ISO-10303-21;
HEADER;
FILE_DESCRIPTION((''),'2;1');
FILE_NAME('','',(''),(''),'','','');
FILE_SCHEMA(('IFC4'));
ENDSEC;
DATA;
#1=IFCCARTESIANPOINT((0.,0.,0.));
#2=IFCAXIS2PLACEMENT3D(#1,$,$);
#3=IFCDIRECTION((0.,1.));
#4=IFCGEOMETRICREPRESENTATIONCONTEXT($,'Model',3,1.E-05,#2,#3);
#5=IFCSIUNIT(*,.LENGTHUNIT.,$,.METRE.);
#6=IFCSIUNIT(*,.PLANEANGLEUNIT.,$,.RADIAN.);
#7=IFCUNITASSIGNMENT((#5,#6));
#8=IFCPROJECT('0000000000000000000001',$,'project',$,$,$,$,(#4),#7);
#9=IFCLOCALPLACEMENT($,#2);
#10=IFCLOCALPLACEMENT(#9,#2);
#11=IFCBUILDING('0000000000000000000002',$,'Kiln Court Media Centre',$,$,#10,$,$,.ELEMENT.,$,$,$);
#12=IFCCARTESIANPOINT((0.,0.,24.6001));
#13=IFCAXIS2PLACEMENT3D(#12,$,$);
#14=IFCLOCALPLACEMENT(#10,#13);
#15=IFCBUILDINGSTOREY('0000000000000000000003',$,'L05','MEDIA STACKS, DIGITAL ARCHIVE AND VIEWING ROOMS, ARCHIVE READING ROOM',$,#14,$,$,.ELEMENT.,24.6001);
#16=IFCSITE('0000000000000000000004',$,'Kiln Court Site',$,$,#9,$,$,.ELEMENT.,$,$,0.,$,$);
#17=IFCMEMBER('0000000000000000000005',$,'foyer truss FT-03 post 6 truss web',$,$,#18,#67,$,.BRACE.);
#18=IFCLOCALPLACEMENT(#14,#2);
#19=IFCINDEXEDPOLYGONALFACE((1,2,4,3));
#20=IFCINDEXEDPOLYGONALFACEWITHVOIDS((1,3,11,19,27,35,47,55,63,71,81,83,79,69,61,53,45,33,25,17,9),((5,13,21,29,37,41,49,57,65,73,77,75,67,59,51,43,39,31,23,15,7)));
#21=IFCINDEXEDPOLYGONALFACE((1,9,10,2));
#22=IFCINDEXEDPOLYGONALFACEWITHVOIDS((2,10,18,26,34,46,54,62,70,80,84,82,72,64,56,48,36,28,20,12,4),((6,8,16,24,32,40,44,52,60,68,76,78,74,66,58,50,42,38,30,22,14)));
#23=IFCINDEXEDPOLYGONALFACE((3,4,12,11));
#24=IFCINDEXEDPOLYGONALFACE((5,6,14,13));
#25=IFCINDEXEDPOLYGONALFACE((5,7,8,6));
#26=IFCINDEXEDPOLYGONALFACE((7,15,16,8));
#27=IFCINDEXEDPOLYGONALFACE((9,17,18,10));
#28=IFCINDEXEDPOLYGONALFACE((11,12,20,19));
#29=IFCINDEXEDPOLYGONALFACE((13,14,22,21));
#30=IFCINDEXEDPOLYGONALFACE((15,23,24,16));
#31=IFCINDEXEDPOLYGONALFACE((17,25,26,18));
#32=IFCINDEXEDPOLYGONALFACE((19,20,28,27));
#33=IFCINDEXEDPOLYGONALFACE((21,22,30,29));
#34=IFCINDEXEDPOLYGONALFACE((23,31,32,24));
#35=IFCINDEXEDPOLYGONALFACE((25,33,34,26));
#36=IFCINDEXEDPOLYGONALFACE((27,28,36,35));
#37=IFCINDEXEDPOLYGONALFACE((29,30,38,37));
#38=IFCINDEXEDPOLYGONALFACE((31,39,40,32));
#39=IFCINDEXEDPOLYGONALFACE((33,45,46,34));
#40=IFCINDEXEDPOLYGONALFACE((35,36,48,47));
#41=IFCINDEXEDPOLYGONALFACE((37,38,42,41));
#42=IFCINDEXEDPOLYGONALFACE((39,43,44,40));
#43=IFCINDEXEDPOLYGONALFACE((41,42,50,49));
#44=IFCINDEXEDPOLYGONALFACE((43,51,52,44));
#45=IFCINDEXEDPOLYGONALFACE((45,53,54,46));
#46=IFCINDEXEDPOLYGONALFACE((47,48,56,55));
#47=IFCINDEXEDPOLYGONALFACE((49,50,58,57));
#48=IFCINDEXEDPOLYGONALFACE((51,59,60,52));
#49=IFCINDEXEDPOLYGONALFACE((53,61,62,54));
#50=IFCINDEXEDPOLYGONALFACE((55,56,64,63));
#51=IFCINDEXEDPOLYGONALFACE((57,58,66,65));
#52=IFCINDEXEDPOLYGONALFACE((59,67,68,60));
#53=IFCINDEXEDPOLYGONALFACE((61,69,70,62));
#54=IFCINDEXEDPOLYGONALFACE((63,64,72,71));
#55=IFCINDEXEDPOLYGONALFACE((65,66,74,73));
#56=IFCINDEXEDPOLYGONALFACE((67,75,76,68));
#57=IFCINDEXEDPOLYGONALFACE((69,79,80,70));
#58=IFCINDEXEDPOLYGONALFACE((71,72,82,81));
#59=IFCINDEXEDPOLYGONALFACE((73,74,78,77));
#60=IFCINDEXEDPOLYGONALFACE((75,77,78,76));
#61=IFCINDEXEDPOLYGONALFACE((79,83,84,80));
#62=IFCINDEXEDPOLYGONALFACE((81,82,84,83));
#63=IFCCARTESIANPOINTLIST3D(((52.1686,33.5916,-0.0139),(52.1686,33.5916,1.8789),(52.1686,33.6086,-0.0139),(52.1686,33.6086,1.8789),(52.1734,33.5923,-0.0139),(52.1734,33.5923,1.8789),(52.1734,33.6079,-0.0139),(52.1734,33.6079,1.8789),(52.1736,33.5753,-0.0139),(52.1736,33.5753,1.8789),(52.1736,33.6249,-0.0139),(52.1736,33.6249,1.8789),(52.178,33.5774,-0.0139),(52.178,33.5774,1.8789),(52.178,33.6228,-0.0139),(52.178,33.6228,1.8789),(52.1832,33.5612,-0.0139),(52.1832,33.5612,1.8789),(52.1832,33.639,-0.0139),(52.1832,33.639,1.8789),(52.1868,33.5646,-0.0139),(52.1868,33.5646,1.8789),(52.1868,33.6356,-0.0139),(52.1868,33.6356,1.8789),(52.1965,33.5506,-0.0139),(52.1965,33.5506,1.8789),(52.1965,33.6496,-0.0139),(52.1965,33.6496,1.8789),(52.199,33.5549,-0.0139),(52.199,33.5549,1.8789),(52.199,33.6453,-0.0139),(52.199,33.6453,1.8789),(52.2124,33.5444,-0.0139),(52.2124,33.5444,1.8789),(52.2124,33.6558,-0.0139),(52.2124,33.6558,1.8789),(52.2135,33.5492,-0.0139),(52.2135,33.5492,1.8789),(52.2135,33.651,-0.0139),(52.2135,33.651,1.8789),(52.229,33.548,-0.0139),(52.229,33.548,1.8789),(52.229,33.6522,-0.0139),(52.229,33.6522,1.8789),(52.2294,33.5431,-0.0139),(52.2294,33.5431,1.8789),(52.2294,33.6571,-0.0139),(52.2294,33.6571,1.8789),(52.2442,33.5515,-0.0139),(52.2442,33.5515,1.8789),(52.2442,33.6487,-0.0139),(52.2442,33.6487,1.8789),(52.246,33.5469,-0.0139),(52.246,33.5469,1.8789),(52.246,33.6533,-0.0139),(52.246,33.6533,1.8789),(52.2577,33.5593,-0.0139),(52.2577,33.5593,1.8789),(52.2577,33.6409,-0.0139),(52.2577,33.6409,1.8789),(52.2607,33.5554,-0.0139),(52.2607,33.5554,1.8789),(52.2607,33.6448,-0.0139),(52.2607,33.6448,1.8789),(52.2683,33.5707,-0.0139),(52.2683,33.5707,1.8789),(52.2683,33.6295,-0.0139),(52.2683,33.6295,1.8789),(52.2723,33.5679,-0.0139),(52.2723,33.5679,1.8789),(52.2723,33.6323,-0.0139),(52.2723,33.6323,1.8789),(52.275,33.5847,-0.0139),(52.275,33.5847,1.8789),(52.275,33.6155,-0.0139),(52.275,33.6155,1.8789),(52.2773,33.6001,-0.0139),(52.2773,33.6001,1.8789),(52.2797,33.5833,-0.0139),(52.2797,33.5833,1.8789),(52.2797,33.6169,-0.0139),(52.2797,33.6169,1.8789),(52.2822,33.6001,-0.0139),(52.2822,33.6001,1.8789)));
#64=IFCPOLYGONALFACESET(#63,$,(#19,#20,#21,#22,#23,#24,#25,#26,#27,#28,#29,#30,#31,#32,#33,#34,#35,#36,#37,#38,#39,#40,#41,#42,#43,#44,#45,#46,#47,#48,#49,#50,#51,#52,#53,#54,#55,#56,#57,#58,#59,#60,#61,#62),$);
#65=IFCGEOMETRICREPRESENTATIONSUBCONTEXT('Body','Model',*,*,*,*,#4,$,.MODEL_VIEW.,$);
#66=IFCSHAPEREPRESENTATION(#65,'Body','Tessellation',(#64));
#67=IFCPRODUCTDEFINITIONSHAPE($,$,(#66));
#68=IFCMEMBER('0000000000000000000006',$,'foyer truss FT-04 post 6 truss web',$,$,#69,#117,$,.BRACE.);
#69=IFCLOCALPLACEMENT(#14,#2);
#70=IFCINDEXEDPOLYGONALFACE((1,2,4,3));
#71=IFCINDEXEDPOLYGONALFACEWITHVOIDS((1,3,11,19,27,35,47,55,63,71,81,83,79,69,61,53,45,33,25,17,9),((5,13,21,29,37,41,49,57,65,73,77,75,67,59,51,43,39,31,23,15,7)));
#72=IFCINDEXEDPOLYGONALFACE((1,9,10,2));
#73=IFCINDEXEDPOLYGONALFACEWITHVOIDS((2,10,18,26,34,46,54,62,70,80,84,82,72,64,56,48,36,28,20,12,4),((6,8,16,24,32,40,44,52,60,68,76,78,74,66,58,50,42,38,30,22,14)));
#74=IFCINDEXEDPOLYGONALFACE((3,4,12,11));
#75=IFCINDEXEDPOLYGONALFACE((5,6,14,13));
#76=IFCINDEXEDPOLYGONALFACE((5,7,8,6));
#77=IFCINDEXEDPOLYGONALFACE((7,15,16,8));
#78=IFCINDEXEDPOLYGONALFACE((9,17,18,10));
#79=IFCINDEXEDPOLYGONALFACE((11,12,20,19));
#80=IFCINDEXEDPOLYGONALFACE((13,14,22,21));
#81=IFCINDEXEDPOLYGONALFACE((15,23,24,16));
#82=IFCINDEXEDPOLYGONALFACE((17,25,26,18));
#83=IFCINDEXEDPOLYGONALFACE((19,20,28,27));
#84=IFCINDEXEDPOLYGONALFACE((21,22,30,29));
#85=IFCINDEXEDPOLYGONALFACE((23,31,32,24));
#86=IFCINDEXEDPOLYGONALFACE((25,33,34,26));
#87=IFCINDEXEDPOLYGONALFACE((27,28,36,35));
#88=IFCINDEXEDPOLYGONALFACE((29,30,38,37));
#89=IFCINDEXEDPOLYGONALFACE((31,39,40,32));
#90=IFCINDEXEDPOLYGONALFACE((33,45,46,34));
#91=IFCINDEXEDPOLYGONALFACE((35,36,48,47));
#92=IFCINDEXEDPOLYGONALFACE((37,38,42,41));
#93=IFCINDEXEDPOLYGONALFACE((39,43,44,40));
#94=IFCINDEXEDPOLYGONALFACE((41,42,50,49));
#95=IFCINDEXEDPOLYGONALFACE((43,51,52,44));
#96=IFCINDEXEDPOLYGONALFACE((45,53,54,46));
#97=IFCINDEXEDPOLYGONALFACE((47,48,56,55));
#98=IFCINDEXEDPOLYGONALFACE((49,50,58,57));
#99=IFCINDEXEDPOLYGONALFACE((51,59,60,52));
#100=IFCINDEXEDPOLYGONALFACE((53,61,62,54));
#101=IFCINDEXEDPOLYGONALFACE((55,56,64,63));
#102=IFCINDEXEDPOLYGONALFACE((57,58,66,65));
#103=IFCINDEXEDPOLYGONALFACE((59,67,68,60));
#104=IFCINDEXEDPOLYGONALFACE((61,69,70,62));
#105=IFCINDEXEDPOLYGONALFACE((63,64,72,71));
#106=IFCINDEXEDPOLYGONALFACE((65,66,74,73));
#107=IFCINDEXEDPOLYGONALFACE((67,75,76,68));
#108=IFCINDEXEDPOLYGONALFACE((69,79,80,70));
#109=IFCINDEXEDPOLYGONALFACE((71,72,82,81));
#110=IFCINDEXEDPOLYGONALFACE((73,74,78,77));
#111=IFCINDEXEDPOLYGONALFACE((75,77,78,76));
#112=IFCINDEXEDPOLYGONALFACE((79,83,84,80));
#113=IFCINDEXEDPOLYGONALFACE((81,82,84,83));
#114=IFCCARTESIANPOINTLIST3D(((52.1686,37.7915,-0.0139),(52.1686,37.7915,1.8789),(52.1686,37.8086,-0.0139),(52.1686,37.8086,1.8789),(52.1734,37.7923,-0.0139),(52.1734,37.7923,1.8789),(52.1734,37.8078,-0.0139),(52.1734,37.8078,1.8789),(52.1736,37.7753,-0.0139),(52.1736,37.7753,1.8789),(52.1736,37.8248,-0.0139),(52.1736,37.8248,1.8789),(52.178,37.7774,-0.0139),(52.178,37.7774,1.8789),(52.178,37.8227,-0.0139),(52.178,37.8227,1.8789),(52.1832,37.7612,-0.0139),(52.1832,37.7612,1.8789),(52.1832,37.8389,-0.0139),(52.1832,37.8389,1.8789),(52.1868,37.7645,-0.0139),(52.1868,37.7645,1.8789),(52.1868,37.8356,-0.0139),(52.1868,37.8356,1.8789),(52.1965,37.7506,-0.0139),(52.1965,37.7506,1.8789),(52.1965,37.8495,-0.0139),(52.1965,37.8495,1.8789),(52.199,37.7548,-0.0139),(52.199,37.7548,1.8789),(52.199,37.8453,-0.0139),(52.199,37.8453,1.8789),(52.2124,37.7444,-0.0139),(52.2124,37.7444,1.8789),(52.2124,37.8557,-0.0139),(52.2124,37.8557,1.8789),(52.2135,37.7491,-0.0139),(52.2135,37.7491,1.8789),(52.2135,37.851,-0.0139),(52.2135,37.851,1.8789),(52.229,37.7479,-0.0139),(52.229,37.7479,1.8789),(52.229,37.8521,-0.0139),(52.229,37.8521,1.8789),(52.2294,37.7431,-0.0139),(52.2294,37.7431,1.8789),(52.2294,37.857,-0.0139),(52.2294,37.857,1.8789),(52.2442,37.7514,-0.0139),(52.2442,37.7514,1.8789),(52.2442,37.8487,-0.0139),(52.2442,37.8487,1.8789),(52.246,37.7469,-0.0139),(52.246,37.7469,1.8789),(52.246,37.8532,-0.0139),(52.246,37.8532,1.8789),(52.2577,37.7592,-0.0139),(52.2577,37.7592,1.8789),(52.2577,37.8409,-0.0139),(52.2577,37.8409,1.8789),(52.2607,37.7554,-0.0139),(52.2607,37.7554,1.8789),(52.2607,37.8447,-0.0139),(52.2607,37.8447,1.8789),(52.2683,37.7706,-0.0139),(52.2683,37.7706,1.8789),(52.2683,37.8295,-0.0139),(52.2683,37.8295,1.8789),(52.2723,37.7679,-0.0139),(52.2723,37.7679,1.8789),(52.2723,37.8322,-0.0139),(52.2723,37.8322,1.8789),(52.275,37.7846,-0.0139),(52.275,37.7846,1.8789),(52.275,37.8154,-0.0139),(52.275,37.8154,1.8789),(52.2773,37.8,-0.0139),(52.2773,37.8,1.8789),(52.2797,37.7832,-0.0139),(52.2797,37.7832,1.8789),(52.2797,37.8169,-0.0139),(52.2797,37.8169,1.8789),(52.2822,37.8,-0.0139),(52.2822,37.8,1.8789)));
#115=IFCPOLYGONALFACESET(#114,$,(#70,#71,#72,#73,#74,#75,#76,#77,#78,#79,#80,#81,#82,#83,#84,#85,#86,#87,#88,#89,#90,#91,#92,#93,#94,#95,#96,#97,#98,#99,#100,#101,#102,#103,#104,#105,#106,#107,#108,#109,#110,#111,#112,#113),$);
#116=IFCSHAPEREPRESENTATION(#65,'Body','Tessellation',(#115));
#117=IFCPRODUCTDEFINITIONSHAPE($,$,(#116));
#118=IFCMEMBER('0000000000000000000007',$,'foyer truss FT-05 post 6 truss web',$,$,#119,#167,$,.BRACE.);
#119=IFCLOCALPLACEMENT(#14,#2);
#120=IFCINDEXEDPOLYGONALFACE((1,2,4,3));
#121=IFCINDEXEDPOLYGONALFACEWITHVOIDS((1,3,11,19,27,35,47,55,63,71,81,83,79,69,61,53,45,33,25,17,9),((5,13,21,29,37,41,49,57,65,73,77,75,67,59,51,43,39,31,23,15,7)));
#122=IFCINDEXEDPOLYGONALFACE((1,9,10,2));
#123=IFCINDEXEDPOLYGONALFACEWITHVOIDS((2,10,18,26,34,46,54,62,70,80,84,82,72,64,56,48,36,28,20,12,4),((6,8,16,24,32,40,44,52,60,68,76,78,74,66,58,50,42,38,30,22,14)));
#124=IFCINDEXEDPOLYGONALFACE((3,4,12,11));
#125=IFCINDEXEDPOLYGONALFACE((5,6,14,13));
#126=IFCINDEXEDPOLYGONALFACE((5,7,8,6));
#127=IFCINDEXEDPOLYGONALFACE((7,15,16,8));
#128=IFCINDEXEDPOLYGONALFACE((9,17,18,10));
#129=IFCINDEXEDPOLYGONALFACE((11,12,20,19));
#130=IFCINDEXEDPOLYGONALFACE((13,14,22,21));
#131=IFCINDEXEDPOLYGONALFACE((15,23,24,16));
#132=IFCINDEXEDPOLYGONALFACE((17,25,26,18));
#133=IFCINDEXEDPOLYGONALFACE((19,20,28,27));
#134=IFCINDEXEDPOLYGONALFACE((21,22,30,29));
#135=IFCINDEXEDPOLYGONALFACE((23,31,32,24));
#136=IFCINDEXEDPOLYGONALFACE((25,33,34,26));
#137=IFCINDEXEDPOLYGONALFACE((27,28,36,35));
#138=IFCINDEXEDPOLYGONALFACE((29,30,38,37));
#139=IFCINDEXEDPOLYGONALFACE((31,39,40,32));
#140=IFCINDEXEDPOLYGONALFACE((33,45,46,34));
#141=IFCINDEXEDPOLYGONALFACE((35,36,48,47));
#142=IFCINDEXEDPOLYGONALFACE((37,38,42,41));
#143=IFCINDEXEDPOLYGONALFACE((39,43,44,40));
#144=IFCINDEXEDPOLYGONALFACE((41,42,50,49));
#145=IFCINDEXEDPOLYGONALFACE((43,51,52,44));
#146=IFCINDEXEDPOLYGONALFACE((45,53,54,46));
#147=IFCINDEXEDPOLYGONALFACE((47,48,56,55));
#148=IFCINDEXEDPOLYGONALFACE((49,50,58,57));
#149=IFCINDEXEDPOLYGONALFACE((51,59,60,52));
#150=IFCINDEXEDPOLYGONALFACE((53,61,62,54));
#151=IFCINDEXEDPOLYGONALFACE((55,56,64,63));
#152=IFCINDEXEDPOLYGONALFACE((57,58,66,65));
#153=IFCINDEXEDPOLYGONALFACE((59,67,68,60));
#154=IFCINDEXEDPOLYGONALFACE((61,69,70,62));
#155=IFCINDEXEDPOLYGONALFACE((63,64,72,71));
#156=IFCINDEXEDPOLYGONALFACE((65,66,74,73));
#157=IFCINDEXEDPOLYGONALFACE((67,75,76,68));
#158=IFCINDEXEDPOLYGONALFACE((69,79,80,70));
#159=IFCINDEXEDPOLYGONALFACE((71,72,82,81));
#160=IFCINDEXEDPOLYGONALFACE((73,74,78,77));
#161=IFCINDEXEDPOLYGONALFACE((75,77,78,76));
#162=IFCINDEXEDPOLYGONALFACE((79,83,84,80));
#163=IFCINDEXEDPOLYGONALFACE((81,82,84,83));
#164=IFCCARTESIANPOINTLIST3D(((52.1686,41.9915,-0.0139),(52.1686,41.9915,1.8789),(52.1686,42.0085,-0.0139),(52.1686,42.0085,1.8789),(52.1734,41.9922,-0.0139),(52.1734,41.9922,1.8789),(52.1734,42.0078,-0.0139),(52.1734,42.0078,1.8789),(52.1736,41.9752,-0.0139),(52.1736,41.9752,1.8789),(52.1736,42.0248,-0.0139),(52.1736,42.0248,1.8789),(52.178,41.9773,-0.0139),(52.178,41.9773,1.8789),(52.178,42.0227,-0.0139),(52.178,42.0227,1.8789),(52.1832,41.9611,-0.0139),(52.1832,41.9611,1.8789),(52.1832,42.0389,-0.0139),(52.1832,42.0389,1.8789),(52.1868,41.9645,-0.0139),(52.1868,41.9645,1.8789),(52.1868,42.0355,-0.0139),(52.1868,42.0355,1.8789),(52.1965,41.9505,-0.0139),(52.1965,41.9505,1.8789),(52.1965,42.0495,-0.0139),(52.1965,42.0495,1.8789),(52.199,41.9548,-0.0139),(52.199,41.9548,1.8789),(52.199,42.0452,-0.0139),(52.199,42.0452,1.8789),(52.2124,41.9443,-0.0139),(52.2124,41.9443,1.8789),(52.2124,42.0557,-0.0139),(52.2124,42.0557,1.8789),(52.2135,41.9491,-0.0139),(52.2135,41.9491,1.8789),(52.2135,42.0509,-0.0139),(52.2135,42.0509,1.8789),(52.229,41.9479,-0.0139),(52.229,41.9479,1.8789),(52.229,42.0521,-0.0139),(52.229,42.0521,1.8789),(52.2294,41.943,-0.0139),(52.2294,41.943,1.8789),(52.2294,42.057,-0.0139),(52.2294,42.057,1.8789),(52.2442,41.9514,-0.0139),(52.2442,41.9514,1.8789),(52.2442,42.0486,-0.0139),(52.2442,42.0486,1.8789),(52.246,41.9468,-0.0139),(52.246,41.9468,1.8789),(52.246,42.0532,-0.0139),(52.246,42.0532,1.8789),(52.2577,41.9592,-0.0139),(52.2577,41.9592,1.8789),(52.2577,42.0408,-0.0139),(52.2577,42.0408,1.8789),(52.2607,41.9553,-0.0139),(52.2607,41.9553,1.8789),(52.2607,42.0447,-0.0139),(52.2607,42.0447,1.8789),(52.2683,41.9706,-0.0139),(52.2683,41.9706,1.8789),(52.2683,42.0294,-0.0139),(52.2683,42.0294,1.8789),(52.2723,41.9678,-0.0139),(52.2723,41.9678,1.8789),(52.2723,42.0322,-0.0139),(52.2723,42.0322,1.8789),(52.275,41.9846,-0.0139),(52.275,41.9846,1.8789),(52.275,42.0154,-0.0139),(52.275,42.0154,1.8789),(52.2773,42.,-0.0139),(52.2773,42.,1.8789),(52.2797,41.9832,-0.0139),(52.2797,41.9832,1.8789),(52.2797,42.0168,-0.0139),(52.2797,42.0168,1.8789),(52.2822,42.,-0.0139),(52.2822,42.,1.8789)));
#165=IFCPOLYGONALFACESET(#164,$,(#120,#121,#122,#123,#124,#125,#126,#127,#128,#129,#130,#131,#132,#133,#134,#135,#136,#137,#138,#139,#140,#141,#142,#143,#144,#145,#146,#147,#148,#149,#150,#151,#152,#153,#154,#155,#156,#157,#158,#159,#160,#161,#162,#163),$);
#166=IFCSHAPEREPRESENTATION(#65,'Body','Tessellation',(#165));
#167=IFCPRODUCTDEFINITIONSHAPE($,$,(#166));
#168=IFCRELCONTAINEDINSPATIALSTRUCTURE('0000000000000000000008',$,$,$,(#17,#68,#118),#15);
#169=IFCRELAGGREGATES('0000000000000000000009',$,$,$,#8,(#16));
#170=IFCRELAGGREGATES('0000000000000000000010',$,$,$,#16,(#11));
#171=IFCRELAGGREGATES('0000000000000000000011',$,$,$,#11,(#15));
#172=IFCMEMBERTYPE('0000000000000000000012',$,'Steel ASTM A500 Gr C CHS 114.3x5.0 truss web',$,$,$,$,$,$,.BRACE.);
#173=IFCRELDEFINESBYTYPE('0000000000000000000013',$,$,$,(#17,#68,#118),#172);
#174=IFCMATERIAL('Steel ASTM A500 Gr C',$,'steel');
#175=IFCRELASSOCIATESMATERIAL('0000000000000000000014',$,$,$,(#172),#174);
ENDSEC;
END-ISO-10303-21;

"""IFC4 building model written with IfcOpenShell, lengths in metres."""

from ifc_helpers import new_model, si_unit, direction, frame, origin, origin_2d, place, context, subcontext, project, spatial, hollow_circle, extrude, material, material_profile, profile_set, type_object, element, save


model = new_model("IFC4")

# Units and contexts
model_context = context("Model", 3, precision=1e-05, world=origin(), true_north=direction((0.0, 1.0)))
body_context = subcontext(model_context, "Body", "Model", "MODEL_VIEW")
ifc_project = project(units=[si_unit("LENGTHUNIT", "METRE"), si_unit("PLANEANGLEUNIT", "RADIAN")], contexts=[model_context])

# Site, building, storey
site_placement = place(None, origin())
site = spatial("IfcSite", under=ifc_project, at=site_placement, Name="Kiln Court Site", CompositionType="ELEMENT", RefElevation=0.0)
building_placement = place(site_placement, origin())
building = spatial("IfcBuilding", under=site, at=building_placement, Name="Kiln Court Media Centre", CompositionType="ELEMENT")
storey_placement = place(building_placement, frame((0.0, 0.0, 24.6001)))
storey = spatial("IfcBuildingStorey", under=building, at=storey_placement, Name="L05", Description="MEDIA STACKS, DIGITAL ARCHIVE AND VIEWING ROOMS, ARCHIVE READING ROOM", CompositionType="ELEMENT", Elevation=24.6001)

# Members
ifc_material_1 = material(Name="Steel ASTM A500 Gr C", Category="steel")
ifc_material_profile_1 = material_profile(ifc_material_1, hollow_circle(Radius=0.0571, WallThickness=0.0049, at=origin_2d()), Name="CHS 114.3x5.0")
ifc_profile_set_1 = profile_set([ifc_material_profile_1], Name="Steel ASTM A500 Gr C")
member_type_1 = type_object("IfcMemberType", Name="Steel ASTM A500 Gr C CHS 114.3x5.0 truss web", PredefinedType="BRACE", material=ifc_profile_set_1)
for number, where, z_axis, x_axis, name in (
    (1, (52.2251, 33.6001, -0.0139), (0.0, 0.0, 1.0), (1.0, 0.0, 0.0), "foyer truss FT-03 post 6 truss web"),
    (2, (52.2251, 37.8, -0.0139), (0.0, 0.0, 1.0), (1.0, 0.0, 0.0), "foyer truss FT-04 post 6 truss web"),
    (3, (52.2251, 42.0, -0.0139), (0.0, 0.0, 1.0), (1.0, 0.0, 0.0), "foyer truss FT-05 post 6 truss web"),
):
    element("IfcMember", number, at=place(storey_placement, frame(where, z_axis=z_axis, x_axis=x_axis)), inside=storey, type_object=member_type_1, Name=name, PredefinedType="BRACE", context=body_context, shape_type="SweptSolid", body=[
        extrude(hollow_circle(Radius=0.0571, WallThickness=0.0049, at=origin_2d()), origin(), (0.0, 0.0, 1.0), 1.8928),
    ])

save(model, "model.ifc")
